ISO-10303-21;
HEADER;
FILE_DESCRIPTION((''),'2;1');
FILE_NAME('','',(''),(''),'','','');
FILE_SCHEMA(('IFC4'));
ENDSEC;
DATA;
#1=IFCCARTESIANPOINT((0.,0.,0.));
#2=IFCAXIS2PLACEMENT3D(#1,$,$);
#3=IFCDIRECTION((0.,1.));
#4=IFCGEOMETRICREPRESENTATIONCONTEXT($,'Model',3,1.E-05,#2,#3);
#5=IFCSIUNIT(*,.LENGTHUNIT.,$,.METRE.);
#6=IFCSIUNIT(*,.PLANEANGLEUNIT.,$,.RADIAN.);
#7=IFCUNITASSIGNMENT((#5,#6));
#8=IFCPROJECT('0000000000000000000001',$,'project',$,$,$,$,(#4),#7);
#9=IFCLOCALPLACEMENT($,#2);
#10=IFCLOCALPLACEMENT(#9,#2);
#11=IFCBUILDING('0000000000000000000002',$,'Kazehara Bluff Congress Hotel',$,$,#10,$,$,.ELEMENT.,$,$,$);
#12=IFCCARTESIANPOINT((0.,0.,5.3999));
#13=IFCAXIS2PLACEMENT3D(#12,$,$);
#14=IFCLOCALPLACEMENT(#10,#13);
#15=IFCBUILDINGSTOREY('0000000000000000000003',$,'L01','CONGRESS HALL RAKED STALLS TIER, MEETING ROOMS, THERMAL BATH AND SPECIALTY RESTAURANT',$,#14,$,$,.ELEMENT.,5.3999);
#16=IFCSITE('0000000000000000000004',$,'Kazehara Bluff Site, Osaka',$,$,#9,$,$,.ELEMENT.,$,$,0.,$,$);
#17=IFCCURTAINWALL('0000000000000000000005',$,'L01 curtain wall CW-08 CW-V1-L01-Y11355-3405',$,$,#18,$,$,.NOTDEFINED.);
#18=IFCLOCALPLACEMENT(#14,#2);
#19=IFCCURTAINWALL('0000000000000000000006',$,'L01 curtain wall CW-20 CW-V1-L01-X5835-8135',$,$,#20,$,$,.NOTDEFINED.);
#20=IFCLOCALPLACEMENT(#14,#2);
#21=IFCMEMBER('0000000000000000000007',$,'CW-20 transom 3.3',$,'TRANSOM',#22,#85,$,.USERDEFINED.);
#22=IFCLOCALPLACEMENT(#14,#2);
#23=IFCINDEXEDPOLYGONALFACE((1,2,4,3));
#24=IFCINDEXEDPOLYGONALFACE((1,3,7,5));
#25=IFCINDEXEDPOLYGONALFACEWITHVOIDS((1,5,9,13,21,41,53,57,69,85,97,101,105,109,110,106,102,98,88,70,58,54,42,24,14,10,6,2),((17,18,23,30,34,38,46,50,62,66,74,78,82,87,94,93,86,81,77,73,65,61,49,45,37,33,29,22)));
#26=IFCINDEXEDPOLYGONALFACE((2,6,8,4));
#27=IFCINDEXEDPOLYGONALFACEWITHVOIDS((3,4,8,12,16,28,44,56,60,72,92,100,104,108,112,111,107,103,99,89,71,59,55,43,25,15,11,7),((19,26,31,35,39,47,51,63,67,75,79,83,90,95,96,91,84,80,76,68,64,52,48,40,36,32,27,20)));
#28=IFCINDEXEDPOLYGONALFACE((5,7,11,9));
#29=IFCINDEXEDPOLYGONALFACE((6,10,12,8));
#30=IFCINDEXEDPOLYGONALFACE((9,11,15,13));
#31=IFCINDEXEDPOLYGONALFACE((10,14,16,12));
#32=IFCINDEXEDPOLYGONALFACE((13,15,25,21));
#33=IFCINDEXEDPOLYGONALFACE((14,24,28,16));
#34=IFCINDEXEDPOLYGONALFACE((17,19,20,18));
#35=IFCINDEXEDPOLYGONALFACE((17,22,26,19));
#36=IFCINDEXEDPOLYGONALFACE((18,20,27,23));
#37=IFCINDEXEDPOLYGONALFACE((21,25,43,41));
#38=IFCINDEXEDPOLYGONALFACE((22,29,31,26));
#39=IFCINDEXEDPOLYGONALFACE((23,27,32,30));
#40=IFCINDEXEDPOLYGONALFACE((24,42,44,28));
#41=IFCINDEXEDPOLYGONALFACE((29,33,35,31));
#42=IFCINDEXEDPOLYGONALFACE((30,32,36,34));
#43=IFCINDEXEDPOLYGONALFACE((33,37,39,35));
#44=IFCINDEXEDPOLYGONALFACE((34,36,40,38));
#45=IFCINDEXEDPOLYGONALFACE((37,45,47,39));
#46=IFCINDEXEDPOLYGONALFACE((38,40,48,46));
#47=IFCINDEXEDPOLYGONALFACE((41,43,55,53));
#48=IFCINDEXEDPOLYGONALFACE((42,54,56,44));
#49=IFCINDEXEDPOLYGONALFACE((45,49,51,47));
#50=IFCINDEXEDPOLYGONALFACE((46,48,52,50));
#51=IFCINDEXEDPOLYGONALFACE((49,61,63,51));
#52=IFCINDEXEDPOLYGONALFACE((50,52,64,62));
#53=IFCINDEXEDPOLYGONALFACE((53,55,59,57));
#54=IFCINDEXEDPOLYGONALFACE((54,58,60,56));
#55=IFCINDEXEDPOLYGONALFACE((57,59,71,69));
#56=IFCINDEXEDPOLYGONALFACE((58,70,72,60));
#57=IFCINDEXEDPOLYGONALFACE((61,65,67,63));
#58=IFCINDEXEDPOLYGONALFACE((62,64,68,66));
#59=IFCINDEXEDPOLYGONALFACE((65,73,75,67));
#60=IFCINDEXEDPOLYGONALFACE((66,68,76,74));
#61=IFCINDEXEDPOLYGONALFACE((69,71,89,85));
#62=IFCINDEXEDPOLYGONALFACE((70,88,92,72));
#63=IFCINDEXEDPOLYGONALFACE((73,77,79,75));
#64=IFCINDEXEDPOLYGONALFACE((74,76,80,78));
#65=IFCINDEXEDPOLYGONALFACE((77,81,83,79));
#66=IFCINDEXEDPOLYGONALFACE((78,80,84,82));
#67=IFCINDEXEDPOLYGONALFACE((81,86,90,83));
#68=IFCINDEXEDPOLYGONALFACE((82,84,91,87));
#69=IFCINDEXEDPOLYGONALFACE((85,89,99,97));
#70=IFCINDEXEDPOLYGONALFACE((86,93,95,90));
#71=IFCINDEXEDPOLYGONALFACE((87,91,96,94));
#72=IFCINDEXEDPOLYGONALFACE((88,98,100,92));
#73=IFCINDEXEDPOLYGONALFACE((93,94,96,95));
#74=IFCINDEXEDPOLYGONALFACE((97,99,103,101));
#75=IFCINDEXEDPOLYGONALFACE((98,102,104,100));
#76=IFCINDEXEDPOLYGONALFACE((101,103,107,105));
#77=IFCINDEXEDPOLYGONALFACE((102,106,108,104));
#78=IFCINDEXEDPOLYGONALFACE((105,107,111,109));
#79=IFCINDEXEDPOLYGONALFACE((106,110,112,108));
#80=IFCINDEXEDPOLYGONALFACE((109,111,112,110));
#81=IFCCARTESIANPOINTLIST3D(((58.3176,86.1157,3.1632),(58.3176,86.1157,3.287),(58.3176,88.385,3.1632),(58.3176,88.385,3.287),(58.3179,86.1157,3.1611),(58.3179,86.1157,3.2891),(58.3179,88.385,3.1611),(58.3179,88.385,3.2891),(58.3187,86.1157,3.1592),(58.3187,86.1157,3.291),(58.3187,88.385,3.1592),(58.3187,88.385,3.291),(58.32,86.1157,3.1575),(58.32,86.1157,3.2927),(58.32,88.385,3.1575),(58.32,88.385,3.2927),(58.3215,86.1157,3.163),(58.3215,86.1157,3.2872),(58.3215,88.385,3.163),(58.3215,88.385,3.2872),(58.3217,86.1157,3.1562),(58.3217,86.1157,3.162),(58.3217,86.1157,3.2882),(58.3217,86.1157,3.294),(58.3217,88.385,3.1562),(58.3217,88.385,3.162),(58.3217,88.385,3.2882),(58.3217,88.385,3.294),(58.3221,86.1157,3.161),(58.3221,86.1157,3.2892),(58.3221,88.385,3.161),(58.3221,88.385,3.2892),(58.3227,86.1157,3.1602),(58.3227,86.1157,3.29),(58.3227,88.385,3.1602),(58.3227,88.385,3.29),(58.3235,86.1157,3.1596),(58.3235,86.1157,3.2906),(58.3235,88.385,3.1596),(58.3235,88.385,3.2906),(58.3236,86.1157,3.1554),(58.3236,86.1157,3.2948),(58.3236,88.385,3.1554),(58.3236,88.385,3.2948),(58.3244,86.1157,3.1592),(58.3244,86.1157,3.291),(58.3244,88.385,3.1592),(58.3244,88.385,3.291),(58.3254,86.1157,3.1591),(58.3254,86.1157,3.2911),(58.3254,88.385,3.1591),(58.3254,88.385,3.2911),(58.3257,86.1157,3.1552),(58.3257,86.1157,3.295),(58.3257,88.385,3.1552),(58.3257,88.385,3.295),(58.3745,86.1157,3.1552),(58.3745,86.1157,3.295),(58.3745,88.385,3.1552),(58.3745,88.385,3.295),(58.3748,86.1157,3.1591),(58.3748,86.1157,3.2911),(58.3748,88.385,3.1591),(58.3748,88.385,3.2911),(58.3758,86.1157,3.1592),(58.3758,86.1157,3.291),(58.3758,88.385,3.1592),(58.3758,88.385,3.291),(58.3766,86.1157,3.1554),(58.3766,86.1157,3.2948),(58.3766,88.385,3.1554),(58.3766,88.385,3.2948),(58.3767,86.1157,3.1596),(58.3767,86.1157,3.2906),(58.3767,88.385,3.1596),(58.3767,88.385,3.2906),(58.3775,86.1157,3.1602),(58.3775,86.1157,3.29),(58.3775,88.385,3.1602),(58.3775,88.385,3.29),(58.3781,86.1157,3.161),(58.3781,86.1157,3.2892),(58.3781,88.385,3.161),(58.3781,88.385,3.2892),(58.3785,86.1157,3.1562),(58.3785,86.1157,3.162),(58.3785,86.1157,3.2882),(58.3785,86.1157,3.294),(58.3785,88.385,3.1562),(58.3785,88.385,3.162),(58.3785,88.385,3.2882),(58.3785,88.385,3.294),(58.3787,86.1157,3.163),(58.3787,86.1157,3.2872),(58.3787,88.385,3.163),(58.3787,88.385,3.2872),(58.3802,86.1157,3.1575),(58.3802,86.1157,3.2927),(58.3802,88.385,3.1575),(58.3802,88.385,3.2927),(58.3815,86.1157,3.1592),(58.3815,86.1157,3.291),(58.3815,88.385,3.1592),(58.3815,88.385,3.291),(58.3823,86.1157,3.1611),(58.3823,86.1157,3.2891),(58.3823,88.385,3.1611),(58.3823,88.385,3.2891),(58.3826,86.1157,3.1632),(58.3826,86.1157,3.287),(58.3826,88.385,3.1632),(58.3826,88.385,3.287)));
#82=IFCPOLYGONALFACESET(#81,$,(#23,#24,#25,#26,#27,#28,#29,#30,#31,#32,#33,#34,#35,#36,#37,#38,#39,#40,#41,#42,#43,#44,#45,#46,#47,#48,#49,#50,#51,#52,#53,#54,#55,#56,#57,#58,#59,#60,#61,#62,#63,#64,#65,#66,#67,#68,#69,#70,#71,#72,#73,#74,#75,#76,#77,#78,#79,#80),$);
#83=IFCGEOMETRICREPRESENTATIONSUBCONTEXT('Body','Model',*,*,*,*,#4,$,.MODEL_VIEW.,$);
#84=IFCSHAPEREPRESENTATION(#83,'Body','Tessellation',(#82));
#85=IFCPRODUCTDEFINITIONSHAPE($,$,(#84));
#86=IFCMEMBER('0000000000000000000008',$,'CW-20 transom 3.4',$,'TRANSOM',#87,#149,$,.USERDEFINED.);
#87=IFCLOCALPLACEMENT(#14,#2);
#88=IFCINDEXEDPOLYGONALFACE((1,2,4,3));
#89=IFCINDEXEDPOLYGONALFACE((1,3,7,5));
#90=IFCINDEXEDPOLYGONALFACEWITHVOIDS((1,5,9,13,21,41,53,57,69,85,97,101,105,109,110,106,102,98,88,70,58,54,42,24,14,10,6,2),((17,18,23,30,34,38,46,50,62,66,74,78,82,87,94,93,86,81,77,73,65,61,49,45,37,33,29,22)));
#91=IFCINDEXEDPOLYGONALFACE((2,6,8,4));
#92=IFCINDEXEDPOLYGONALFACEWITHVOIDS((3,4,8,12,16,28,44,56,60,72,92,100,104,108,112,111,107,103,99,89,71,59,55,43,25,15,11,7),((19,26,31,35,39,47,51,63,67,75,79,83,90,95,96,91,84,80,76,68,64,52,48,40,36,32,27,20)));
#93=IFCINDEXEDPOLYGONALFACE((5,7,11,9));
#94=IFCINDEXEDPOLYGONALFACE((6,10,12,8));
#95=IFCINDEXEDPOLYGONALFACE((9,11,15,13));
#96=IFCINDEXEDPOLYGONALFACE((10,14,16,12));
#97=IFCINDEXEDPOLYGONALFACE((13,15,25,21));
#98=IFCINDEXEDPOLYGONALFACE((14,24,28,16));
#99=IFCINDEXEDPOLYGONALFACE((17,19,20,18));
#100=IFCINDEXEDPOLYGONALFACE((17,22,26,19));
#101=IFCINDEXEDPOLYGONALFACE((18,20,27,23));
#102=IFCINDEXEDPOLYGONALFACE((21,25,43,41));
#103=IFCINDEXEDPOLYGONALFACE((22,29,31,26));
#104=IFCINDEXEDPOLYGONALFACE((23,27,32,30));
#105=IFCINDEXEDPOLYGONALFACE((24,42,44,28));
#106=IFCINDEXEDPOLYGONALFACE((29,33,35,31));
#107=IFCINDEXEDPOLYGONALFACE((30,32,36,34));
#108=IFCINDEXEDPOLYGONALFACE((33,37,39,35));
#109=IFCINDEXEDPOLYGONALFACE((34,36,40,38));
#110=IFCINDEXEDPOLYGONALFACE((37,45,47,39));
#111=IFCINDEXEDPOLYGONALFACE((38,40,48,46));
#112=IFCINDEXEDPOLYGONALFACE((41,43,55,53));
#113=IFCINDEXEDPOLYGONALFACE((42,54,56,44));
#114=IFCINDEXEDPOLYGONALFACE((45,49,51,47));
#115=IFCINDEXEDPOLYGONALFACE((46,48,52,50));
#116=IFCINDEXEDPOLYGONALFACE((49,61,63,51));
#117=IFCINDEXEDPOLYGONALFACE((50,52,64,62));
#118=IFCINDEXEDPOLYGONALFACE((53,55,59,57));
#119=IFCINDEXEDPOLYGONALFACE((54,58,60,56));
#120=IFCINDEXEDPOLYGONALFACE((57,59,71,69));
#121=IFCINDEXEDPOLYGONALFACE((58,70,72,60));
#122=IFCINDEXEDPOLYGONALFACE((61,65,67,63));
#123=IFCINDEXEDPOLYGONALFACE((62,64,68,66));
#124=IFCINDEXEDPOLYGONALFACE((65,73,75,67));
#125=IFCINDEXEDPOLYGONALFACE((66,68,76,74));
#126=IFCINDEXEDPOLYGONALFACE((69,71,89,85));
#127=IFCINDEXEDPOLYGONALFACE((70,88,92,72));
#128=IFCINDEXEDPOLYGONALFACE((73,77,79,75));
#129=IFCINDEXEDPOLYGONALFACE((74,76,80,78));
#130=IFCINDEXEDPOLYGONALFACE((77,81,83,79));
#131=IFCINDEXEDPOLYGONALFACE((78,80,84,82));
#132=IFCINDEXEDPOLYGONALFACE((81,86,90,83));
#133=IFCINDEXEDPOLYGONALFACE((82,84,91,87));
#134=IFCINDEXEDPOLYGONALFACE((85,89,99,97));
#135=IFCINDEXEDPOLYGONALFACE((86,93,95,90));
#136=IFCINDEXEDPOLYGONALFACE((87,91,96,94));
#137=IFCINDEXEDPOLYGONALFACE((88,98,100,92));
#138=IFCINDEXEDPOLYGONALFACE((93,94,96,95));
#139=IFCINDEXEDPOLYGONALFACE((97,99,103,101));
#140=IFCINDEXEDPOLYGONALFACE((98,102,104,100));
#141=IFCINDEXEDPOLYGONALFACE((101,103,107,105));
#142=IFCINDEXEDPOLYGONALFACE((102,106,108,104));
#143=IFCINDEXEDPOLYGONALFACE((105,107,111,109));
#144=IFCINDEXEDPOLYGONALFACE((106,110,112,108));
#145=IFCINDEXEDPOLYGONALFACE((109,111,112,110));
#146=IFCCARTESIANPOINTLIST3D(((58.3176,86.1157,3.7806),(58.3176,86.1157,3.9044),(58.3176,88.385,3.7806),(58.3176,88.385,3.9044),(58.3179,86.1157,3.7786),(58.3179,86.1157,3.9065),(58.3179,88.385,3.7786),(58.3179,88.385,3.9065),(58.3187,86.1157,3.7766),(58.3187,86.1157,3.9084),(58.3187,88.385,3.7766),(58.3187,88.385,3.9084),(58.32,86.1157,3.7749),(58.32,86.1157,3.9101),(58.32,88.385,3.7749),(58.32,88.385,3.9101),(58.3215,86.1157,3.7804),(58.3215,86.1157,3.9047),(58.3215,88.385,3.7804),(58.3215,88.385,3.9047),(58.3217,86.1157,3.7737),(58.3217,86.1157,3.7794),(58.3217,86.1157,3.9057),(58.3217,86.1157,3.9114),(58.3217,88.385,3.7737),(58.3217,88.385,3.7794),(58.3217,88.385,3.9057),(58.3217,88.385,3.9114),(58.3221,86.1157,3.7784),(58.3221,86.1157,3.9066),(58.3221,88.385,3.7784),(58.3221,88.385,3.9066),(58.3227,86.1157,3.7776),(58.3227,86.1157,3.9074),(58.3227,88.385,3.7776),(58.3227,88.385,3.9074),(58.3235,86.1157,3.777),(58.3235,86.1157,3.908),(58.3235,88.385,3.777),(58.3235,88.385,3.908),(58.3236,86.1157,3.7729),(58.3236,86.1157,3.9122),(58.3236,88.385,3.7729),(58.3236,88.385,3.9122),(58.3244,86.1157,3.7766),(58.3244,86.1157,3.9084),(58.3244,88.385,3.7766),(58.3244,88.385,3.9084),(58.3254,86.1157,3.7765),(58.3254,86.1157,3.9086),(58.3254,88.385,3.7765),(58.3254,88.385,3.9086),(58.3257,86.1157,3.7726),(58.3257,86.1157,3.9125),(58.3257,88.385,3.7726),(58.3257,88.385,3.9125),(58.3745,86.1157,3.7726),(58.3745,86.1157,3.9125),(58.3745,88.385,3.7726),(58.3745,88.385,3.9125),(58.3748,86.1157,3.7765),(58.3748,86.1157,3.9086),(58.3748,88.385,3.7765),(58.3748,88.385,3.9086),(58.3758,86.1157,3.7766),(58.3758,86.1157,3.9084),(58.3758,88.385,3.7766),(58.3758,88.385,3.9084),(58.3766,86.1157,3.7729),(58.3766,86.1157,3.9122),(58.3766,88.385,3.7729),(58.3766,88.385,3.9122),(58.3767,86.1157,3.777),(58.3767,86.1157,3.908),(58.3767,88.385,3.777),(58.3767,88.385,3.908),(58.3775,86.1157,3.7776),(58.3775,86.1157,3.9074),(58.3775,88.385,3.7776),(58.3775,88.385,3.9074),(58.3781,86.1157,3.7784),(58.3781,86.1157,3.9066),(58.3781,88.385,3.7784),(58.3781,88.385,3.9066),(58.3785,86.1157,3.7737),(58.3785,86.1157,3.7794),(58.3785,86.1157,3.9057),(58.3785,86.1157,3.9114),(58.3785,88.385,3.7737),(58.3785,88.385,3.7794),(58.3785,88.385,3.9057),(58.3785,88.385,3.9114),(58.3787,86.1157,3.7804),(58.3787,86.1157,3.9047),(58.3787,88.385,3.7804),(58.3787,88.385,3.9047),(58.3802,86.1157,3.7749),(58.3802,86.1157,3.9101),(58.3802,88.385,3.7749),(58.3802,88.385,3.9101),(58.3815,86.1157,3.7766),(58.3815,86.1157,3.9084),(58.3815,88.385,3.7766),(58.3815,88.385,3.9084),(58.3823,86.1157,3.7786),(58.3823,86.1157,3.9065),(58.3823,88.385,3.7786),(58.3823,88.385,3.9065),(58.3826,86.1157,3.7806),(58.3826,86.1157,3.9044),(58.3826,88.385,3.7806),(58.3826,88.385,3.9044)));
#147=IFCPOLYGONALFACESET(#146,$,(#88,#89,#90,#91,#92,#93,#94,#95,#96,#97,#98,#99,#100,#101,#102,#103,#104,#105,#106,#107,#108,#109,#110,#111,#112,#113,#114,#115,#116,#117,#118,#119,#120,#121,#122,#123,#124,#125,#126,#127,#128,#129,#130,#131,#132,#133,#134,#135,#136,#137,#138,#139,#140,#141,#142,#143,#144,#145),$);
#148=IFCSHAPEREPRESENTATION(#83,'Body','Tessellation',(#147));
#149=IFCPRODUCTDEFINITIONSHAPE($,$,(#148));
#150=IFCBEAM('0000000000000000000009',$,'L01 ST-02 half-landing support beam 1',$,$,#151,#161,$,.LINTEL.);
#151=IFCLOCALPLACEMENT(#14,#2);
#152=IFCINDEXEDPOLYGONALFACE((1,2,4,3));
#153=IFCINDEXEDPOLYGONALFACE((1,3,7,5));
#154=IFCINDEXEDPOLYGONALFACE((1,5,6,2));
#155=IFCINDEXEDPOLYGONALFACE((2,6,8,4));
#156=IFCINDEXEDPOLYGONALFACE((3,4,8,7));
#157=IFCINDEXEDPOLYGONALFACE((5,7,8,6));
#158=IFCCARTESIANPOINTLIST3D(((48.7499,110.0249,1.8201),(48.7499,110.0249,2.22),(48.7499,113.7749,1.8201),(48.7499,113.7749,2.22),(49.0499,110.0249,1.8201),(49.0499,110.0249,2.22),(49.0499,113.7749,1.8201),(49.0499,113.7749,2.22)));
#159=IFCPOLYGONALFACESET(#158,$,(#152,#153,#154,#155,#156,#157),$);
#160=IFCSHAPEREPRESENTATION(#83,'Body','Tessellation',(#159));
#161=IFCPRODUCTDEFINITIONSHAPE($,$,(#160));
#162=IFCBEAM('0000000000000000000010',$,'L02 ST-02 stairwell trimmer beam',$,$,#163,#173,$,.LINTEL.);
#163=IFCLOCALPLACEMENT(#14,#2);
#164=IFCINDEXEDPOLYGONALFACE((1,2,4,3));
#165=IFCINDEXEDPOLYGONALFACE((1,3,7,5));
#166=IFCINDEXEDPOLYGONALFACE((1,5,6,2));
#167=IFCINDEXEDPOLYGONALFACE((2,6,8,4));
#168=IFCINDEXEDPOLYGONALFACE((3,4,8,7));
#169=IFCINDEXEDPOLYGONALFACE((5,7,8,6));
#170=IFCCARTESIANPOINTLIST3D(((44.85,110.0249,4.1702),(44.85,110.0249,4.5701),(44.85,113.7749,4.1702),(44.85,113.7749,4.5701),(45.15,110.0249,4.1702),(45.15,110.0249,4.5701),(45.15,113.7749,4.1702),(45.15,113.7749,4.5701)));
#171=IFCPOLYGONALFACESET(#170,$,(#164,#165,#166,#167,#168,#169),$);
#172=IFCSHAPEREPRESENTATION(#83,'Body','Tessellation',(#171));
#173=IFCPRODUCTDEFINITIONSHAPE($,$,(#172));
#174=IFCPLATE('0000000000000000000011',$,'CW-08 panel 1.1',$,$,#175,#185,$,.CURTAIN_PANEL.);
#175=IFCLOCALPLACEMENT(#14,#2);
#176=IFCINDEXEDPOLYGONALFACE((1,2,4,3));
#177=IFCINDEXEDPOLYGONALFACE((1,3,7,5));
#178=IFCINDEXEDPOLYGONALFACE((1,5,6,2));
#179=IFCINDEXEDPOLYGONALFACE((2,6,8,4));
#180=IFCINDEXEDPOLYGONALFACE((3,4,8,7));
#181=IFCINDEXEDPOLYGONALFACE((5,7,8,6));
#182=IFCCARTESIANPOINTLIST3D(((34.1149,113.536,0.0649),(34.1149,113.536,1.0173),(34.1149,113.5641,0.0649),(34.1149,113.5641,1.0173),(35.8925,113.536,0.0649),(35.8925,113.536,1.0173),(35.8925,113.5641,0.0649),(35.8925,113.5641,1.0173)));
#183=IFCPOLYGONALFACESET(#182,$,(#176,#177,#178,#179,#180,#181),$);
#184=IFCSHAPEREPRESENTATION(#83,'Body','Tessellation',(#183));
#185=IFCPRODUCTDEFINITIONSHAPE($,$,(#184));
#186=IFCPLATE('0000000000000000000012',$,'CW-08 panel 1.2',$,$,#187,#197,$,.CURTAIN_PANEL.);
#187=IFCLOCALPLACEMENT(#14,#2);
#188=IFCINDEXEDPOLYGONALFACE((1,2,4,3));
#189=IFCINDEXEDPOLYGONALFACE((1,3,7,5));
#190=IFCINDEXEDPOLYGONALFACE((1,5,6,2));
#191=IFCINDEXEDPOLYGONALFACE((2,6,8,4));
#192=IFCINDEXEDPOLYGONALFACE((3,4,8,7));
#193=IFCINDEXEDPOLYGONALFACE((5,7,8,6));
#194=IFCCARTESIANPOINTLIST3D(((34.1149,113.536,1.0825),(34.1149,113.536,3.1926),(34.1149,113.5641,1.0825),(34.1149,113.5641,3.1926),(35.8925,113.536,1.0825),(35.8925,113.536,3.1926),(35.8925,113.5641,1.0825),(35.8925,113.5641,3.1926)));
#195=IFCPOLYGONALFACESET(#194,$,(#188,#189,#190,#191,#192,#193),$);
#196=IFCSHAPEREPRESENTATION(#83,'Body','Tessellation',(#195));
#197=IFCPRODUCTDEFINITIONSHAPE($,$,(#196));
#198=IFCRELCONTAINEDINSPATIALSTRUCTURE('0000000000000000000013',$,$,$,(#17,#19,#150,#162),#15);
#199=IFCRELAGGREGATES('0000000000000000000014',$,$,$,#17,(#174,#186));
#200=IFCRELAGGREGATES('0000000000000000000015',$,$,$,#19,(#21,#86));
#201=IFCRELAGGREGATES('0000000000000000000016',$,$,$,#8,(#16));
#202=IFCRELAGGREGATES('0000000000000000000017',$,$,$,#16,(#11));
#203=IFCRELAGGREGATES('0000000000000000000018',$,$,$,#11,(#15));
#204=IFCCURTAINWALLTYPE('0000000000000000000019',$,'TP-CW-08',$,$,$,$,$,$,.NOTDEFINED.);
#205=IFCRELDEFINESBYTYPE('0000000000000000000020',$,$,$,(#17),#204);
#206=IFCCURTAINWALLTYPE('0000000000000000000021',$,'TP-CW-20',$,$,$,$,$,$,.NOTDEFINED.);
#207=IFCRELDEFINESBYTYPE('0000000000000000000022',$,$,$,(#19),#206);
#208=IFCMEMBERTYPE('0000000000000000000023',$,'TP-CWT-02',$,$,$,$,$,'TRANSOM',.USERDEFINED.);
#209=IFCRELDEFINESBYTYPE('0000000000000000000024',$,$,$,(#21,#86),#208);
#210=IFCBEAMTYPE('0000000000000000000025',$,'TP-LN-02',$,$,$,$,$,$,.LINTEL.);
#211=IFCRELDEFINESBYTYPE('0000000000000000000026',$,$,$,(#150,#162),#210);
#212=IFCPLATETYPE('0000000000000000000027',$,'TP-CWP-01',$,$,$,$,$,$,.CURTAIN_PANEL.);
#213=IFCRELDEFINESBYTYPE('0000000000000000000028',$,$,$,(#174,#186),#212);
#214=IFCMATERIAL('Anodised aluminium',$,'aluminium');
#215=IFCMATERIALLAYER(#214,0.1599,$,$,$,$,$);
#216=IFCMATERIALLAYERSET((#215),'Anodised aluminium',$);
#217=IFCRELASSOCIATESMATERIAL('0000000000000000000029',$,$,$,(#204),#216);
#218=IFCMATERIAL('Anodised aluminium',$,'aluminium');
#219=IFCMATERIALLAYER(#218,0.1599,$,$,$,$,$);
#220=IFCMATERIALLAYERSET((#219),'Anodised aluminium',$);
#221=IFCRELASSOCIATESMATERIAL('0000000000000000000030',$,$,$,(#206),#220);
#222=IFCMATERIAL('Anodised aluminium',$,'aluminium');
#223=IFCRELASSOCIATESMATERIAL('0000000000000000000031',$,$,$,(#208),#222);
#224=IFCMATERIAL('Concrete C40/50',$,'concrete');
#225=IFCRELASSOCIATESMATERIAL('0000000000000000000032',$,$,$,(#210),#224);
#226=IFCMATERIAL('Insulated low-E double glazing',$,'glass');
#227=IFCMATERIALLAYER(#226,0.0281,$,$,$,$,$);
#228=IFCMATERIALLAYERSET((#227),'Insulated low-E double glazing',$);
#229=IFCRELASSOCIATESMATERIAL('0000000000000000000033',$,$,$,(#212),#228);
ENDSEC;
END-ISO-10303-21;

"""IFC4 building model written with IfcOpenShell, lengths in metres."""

from ifc_helpers import new_model, si_unit, direction, frame, origin, origin_2d, place, context, subcontext, project, spatial, rectangle, hollow_rectangle, extrude, material, layer, layer_set, material_profile, profile_set, type_object, element, aggregate, save


model = new_model("IFC4")

# Units and contexts
model_context = context("Model", 3, precision=1e-05, world=origin(), true_north=direction((0.0, 1.0)))
body_context = subcontext(model_context, "Body", "Model", "MODEL_VIEW")
ifc_project = project(units=[si_unit("LENGTHUNIT", "METRE"), si_unit("PLANEANGLEUNIT", "RADIAN")], contexts=[model_context])

# Site, building, storey
site_placement = place(None, origin())
site = spatial("IfcSite", under=ifc_project, at=site_placement, Name="Kazehara Bluff Site, Osaka", CompositionType="ELEMENT", RefElevation=0.0)
building_placement = place(site_placement, origin())
building = spatial("IfcBuilding", under=site, at=building_placement, Name="Kazehara Bluff Congress Hotel", CompositionType="ELEMENT")
storey_placement = place(building_placement, frame((0.0, 0.0, 5.3999)))
storey = spatial("IfcBuildingStorey", under=building, at=storey_placement, Name="L01", Description="CONGRESS HALL RAKED STALLS TIER, MEETING ROOMS, THERMAL BATH AND SPECIALTY RESTAURANT", CompositionType="ELEMENT", Elevation=5.3999)

# Curtain walls
ifc_material_1 = material(Name="Anodised aluminium", Category="aluminium")
ifc_layer_1 = layer(ifc_material_1, 0.1599)
ifc_layer_set_1 = layer_set([ifc_layer_1], Name="Anodised aluminium")
curtain_wall_type_1 = type_object("IfcCurtainWallType", Name="TP-CW-08", PredefinedType="NOTDEFINED", material=ifc_layer_set_1)
curtain_wall_1_placement = place(storey_placement, origin())
curtain_wall_1 = element("IfcCurtainWall", 1, at=curtain_wall_1_placement, inside=storey, type_object=curtain_wall_type_1, Name="L01 curtain wall CW-08 CW-V1-L01-Y11355-3405", PredefinedType="NOTDEFINED")
ifc_material_2 = material(Name="Anodised aluminium", Category="aluminium")
ifc_layer_2 = layer(ifc_material_2, 0.1599)
ifc_layer_set_2 = layer_set([ifc_layer_2], Name="Anodised aluminium")
curtain_wall_type_2 = type_object("IfcCurtainWallType", Name="TP-CW-20", PredefinedType="NOTDEFINED", material=ifc_layer_set_2)
curtain_wall_2_placement = place(storey_placement, origin())
curtain_wall_2 = element("IfcCurtainWall", 2, at=curtain_wall_2_placement, inside=storey, type_object=curtain_wall_type_2, Name="L01 curtain wall CW-20 CW-V1-L01-X5835-8135", PredefinedType="NOTDEFINED")

# Members
ifc_material_3 = material(Name="Anodised aluminium", Category="aluminium")
ifc_material_profile_1 = material_profile(ifc_material_3, hollow_rectangle(XDim=0.0649, YDim=0.1399, WallThickness=0.0039, InnerFilletRadius=0.0039, OuterFilletRadius=0.0081, at=origin_2d()))
ifc_profile_set_1 = profile_set([ifc_material_profile_1], Name="Anodised aluminium")
member_type_1 = type_object("IfcMemberType", Name="TP-CWT-02", ElementType="TRANSOM", PredefinedType="USERDEFINED", material=ifc_profile_set_1)
member_1_placement = place(storey_placement, frame((58.3501, 86.1157, 3.2251), z_axis=(0.0, 1.0, 0.0), x_axis=(-1.0, 0.0, 0.0)))
member_1 = element("IfcMember", 3, at=member_1_placement, type_object=member_type_1, Name="CW-20 transom 3.3", ObjectType="TRANSOM", PredefinedType="USERDEFINED", context=body_context, shape_type="SweptSolid", body=[
    extrude(hollow_rectangle(XDim=0.0649, YDim=0.1399, WallThickness=0.0039, InnerFilletRadius=0.0039, OuterFilletRadius=0.0081, at=origin_2d()), origin(), (0.0, 0.0, 1.0), 2.2693),
])
member_2_placement = place(storey_placement, frame((58.3501, 86.1157, 3.8425), z_axis=(0.0, 1.0, 0.0), x_axis=(-1.0, 0.0, 0.0)))
member_2 = element("IfcMember", 4, at=member_2_placement, type_object=member_type_1, Name="CW-20 transom 3.4", ObjectType="TRANSOM", PredefinedType="USERDEFINED", context=body_context, shape_type="SweptSolid", body=[
    extrude(hollow_rectangle(XDim=0.0649, YDim=0.1399, WallThickness=0.0039, InnerFilletRadius=0.0039, OuterFilletRadius=0.0081, at=origin_2d()), origin(), (0.0, 0.0, 1.0), 2.2693),
])

# Beams
ifc_material_4 = material(Name="Concrete C40/50", Category="concrete")
ifc_material_profile_2 = material_profile(ifc_material_4, rectangle(XDim=0.3, YDim=0.3999, at=origin_2d()))
ifc_profile_set_2 = profile_set([ifc_material_profile_2], Name="Concrete C40/50")
beam_type = type_object("IfcBeamType", Name="TP-LN-02", PredefinedType="LINTEL", material=ifc_profile_set_2)
for number, where, z_axis, x_axis, name in (
    (5, (48.8999, 110.0249, 2.02), (0.0, 1.0, 0.0), (-1.0, 0.0, 0.0), "L01 ST-02 half-landing support beam 1"),
    (6, (45.0, 110.0249, 4.3701), (0.0, 1.0, 0.0), (-1.0, 0.0, 0.0), "L02 ST-02 stairwell trimmer beam"),
):
    element("IfcBeam", number, at=place(storey_placement, frame(where, z_axis=z_axis, x_axis=x_axis)), inside=storey, type_object=beam_type, Name=name, PredefinedType="LINTEL", context=body_context, shape_type="SweptSolid", body=[
        extrude(rectangle(XDim=0.3, YDim=0.3999, at=origin_2d()), origin(), (0.0, 0.0, 1.0), 3.75),
    ])

# Plates
ifc_material_5 = material(Name="Insulated low-E double glazing", Category="glass")
ifc_layer_3 = layer(ifc_material_5, 0.0281)
ifc_layer_set_3 = layer_set([ifc_layer_3], Name="Insulated low-E double glazing")
plate_type = type_object("IfcPlateType", Name="TP-CWP-01", PredefinedType="CURTAIN_PANEL", material=ifc_layer_set_3)
plate_1_placement = place(storey_placement, frame((35.0037, 113.55, 0.0649), z_axis=(0.0, 0.0, 1.0), x_axis=(1.0, 0.0, 0.0)))
plate_1 = element("IfcPlate", 7, at=plate_1_placement, type_object=plate_type, Name="CW-08 panel 1.1", PredefinedType="CURTAIN_PANEL", context=body_context, shape_type="SweptSolid", body=[
    extrude(rectangle(XDim=1.7776, YDim=0.0281, at=origin_2d()), origin(), (0.0, 0.0, 1.0), 0.9524),
])
plate_2_placement = place(storey_placement, frame((35.0037, 113.55, 1.0825), z_axis=(0.0, 0.0, 1.0), x_axis=(1.0, 0.0, 0.0)))
plate_2 = element("IfcPlate", 8, at=plate_2_placement, type_object=plate_type, Name="CW-08 panel 1.2", PredefinedType="CURTAIN_PANEL", context=body_context, shape_type="SweptSolid", body=[
    extrude(rectangle(XDim=1.7776, YDim=0.0281, at=origin_2d()), origin(), (0.0, 0.0, 1.0), 2.1101),
])
aggregate(curtain_wall_1, [plate_1, plate_2])
aggregate(curtain_wall_2, [member_1, member_2])

save(model, "model.ifc")
